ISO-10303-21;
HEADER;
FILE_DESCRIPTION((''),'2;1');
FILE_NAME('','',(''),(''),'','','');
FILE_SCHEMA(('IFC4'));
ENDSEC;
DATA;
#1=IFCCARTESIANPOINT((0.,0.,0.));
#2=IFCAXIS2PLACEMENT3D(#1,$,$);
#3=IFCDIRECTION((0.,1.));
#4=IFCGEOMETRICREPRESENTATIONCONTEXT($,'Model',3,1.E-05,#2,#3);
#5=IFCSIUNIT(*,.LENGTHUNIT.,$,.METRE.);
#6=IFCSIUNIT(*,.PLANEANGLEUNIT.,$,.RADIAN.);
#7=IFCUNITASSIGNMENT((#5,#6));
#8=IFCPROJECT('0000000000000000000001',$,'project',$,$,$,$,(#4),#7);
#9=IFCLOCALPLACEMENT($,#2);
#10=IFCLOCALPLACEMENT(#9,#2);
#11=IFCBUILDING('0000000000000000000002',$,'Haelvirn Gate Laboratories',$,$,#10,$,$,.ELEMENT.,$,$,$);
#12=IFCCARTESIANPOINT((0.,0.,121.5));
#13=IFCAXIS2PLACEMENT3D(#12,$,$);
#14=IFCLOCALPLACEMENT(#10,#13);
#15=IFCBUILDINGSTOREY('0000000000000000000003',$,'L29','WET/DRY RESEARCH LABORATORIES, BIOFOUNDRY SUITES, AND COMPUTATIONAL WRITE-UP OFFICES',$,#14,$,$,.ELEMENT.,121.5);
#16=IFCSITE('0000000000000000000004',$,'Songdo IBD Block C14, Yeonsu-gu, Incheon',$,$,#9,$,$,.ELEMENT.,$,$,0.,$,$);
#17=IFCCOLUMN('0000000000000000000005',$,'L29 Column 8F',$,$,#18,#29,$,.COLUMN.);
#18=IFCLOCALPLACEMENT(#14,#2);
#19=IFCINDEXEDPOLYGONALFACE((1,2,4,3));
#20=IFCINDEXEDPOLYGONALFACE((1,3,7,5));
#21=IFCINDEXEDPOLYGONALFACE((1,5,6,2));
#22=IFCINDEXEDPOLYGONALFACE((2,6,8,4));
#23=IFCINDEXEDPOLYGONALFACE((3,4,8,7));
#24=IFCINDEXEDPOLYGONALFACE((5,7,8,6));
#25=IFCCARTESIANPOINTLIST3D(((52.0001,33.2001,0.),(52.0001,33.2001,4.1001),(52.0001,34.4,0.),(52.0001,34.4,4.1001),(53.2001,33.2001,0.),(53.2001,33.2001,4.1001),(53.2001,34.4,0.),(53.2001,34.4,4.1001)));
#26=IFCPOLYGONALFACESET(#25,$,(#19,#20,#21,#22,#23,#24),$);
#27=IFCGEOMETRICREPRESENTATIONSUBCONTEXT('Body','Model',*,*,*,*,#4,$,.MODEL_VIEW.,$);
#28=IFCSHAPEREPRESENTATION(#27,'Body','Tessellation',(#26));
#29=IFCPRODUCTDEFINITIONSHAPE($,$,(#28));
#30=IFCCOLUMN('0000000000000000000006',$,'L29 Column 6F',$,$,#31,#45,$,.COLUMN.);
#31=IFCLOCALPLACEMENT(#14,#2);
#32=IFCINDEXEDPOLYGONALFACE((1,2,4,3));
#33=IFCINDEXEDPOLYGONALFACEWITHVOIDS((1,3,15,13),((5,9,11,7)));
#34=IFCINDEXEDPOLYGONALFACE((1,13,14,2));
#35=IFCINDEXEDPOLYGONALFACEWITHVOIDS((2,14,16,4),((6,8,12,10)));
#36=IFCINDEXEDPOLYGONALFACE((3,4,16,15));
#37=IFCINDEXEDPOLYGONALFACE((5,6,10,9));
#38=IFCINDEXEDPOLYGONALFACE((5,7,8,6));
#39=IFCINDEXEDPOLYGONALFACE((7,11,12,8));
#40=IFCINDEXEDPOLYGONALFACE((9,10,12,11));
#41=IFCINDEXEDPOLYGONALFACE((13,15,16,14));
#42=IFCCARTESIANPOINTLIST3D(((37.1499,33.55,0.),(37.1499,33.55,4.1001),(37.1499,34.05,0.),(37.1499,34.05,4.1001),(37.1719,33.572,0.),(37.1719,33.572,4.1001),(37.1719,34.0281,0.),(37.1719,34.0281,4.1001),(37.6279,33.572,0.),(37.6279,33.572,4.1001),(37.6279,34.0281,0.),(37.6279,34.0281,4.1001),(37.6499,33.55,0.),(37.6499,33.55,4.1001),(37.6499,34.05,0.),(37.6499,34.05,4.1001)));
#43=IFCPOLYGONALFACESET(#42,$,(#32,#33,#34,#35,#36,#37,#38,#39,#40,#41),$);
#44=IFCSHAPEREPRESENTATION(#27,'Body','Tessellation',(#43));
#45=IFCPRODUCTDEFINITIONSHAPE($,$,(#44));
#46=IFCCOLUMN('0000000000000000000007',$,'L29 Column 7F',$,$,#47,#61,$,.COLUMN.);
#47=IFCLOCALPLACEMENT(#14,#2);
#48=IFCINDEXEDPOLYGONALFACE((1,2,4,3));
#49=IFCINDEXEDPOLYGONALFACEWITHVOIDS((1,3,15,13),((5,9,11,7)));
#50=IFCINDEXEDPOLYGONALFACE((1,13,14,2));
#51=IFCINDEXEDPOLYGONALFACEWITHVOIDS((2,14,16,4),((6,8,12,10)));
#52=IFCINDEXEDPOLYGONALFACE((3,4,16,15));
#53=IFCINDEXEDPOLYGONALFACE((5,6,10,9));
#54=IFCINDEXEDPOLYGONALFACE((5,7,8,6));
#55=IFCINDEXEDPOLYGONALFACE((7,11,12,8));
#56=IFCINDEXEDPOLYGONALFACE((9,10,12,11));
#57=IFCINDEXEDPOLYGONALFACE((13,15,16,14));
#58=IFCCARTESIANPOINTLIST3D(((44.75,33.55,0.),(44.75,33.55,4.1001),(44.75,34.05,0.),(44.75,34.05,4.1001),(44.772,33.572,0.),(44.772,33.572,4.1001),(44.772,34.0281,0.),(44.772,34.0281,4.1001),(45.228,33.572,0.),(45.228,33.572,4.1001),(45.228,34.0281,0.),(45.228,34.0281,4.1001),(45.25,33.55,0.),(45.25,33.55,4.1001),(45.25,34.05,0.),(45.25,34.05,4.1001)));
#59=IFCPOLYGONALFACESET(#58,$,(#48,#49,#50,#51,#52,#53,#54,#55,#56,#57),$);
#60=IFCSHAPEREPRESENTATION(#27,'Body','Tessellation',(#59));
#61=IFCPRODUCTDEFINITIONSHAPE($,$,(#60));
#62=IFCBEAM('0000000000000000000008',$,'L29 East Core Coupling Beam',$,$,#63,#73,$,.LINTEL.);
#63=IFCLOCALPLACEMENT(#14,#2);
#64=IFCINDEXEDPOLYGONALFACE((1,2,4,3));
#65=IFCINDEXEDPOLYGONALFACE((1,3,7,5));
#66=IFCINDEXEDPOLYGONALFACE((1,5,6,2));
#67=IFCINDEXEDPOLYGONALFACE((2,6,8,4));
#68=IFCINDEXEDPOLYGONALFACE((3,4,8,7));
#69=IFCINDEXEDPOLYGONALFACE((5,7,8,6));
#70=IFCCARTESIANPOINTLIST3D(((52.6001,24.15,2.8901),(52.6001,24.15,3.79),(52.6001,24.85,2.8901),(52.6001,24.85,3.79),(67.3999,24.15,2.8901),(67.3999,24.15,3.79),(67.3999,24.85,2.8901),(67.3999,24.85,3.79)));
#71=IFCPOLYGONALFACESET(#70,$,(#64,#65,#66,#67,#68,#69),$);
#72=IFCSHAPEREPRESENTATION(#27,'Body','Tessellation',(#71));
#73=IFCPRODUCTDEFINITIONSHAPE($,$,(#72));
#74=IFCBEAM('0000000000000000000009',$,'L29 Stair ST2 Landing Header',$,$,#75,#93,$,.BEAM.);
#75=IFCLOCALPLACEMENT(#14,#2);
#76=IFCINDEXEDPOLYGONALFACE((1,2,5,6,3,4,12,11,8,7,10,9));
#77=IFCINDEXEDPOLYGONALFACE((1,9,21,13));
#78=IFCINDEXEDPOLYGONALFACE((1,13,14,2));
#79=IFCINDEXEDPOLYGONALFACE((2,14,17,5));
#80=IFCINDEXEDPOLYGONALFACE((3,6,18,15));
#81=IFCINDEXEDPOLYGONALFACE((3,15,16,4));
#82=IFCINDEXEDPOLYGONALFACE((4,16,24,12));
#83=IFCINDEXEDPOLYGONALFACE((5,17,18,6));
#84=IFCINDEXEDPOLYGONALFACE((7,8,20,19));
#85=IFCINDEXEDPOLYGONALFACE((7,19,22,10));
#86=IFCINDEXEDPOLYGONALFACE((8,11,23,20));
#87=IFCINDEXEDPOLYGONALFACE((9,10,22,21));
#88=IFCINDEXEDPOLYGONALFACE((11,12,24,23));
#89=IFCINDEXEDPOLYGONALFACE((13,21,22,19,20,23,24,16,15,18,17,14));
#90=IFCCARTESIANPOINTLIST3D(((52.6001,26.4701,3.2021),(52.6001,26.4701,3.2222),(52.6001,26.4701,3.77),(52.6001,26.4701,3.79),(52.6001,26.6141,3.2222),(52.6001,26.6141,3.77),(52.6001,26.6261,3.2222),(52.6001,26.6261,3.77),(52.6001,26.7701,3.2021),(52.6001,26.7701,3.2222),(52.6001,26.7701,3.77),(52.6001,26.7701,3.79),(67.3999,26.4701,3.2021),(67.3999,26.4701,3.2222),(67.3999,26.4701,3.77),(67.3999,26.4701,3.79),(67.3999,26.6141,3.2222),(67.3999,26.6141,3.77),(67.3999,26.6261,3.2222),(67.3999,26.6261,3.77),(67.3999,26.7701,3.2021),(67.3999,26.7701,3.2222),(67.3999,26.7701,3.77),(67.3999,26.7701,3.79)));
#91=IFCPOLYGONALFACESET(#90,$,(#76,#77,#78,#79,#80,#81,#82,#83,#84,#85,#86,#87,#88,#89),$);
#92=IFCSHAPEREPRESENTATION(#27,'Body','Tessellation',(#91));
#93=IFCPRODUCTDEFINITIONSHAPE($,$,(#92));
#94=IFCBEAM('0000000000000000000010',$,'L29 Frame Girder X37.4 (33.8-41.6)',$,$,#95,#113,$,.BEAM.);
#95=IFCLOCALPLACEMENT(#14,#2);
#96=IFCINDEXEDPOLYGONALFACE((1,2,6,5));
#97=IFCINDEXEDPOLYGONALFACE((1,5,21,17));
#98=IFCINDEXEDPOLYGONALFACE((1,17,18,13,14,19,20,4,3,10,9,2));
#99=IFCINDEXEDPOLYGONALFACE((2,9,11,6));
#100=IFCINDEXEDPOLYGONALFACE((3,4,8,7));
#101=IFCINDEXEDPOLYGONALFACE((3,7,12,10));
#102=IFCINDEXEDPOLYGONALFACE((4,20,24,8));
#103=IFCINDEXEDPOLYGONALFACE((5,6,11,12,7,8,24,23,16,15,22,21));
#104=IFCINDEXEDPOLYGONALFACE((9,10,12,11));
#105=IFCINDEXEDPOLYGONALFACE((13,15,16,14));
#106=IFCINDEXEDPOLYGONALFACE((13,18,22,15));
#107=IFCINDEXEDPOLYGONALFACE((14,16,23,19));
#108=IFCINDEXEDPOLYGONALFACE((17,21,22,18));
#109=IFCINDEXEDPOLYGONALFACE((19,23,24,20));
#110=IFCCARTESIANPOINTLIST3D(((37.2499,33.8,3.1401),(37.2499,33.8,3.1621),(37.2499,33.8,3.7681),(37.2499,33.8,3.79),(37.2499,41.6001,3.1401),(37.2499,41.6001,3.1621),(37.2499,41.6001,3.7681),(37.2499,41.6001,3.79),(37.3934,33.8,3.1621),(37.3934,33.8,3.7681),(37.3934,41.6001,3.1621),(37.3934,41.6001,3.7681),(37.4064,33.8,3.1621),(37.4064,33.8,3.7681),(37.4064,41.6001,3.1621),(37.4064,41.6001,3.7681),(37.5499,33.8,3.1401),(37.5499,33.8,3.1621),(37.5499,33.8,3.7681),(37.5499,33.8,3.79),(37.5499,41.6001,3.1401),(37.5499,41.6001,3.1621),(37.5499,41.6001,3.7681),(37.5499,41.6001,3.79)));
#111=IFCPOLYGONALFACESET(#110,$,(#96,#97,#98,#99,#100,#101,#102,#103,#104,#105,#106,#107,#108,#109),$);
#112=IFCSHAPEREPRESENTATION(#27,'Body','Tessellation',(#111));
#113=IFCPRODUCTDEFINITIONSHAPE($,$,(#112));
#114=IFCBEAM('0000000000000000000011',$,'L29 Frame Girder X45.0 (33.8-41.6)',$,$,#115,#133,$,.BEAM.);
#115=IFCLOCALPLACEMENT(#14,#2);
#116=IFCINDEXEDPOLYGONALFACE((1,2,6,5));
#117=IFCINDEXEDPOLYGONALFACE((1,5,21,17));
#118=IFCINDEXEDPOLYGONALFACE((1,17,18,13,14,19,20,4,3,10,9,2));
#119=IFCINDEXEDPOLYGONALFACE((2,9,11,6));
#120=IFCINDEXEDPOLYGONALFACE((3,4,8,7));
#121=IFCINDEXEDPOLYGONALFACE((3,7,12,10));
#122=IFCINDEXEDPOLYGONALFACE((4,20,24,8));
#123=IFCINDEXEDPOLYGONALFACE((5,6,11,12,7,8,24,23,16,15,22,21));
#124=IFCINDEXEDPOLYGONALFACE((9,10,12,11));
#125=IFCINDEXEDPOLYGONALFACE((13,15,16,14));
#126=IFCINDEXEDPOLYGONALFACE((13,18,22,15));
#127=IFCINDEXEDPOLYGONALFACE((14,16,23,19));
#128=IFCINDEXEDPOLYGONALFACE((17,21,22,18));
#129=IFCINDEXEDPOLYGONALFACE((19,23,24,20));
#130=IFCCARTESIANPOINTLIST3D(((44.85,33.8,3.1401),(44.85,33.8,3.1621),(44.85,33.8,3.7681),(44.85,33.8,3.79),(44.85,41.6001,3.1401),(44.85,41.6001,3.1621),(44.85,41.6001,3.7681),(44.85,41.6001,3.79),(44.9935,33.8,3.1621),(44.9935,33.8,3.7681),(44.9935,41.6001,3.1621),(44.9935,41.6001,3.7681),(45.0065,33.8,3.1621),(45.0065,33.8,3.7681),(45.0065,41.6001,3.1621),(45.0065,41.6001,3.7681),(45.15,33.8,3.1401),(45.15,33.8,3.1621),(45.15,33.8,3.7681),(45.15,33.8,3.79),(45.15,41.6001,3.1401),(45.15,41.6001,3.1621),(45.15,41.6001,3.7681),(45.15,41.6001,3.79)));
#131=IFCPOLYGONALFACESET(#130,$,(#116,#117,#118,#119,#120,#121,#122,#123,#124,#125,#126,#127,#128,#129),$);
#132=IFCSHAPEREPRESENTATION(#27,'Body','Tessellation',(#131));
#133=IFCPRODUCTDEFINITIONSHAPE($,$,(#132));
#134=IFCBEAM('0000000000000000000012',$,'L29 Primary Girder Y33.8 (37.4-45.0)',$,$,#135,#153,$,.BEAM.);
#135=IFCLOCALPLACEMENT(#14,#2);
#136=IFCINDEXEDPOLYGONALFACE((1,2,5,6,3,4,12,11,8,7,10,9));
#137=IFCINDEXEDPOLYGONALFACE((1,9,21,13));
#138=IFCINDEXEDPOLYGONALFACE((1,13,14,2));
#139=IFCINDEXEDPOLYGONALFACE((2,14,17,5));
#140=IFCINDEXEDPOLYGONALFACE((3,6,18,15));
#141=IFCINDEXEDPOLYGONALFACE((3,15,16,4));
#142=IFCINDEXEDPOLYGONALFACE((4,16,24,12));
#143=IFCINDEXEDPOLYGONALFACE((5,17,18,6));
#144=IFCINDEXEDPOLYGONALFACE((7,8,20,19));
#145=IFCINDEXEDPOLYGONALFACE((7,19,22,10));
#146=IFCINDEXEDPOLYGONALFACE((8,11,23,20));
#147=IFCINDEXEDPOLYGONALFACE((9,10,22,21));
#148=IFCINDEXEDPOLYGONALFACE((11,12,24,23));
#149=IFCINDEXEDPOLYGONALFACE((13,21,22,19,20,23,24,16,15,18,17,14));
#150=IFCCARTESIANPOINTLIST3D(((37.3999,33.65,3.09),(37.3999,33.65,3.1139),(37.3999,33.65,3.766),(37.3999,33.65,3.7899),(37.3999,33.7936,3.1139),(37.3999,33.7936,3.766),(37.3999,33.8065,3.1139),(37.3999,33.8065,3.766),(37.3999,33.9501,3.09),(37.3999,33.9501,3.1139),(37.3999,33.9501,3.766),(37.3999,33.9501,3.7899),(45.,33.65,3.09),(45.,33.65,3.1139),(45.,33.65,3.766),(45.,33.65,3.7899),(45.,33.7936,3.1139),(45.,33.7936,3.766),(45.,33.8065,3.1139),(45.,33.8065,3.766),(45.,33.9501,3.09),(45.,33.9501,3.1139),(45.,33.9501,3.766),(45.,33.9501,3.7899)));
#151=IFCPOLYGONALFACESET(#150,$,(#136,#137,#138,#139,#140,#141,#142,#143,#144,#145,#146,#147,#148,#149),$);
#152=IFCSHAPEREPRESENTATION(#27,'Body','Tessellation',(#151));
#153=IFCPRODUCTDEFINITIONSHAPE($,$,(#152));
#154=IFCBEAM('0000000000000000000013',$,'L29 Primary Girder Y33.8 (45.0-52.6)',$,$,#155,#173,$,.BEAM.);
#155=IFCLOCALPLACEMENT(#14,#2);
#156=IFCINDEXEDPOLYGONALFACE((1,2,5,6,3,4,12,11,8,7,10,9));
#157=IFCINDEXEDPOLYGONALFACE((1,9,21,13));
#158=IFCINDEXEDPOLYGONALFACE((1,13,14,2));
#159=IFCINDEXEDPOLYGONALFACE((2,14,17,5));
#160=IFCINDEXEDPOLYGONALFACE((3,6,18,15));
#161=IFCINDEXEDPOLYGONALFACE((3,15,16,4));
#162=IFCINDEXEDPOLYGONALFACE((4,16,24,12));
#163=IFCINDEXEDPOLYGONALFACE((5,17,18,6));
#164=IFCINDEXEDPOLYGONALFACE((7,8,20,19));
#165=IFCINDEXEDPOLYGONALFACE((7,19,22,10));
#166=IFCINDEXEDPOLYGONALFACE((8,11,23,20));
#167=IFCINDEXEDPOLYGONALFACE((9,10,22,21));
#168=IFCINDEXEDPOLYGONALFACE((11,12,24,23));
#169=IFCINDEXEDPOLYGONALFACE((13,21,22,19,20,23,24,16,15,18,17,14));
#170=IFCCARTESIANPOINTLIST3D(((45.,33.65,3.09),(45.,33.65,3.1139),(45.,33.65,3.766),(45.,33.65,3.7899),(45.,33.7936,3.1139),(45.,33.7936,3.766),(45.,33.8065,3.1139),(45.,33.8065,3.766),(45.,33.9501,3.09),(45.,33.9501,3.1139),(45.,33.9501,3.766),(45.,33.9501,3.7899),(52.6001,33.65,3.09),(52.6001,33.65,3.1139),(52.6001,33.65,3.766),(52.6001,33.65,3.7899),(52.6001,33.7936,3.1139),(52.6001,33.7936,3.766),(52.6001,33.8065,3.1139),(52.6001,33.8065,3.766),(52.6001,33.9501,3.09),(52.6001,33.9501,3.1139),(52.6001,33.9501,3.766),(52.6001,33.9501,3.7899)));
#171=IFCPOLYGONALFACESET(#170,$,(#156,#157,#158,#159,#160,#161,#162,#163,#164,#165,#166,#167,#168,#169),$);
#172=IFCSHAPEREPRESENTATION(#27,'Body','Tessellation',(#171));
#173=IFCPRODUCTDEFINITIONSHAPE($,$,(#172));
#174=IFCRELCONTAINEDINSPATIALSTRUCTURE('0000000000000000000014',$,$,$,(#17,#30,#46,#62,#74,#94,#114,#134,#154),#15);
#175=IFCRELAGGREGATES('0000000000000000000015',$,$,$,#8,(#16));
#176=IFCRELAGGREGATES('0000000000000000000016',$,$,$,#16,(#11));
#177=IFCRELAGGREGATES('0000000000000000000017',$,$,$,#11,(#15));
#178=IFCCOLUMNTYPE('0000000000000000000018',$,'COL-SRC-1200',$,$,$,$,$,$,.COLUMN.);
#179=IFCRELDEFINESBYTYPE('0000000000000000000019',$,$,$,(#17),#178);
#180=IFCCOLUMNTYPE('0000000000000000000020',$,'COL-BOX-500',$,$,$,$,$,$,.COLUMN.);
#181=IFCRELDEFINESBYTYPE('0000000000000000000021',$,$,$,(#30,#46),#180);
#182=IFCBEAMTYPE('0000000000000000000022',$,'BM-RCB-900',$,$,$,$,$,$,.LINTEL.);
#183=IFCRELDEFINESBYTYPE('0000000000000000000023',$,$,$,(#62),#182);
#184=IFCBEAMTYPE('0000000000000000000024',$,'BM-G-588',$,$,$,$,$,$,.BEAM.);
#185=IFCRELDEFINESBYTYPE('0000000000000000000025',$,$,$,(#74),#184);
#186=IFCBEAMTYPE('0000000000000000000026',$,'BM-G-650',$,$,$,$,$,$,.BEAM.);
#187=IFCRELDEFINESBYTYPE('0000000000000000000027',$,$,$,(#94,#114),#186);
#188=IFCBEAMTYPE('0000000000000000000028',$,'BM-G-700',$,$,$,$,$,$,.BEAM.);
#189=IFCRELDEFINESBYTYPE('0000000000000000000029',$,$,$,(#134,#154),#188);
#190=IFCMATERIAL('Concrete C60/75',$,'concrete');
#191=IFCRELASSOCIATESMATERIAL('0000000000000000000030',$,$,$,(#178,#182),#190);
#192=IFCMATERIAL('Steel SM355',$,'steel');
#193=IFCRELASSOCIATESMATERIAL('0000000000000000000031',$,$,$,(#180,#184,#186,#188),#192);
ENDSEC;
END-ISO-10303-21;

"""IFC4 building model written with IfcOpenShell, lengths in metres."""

from ifc_helpers import new_model, si_unit, direction, frame, origin, origin_2d, place, context, subcontext, project, spatial, rectangle, hollow_rectangle, i_section, extrude, source, transform, mapped, material, material_profile, profile_set, type_object, type_shapes, element, save


model = new_model("IFC4")

# Units and contexts
model_context = context("Model", 3, precision=1e-05, world=origin(), true_north=direction((0.0, 1.0)))
body_context = subcontext(model_context, "Body", "Model", "MODEL_VIEW")
ifc_project = project(units=[si_unit("LENGTHUNIT", "METRE"), si_unit("PLANEANGLEUNIT", "RADIAN")], contexts=[model_context])

# Site, building, storey
site_placement = place(None, origin())
site = spatial("IfcSite", under=ifc_project, at=site_placement, Name="Songdo IBD Block C14, Yeonsu-gu, Incheon", CompositionType="ELEMENT", RefElevation=0.0)
building_placement = place(site_placement, origin())
building = spatial("IfcBuilding", under=site, at=building_placement, Name="Haelvirn Gate Laboratories", CompositionType="ELEMENT")
storey_placement = place(building_placement, frame((0.0, 0.0, 121.5)))
storey = spatial("IfcBuildingStorey", under=building, at=storey_placement, Name="L29", Description="WET/DRY RESEARCH LABORATORIES, BIOFOUNDRY SUITES, AND COMPUTATIONAL WRITE-UP OFFICES", CompositionType="ELEMENT", Elevation=121.5)

# Columns
ifc_material_1 = material(Name="Concrete C60/75", Category="concrete")
ifc_material_profile_1 = material_profile(ifc_material_1, rectangle(XDim=1.2, YDim=1.2, at=origin_2d()), Name="SRC-1200x1200")
ifc_profile_set_1 = profile_set([ifc_material_profile_1], Name="Concrete C60/75")
column_type_1 = type_object("IfcColumnType", Name="COL-SRC-1200", PredefinedType="COLUMN", material=ifc_profile_set_1)
shared_shape_1 = source(origin(), body_context, "Body", "SweptSolid", [
    extrude(rectangle(XDim=1.2, YDim=1.2, at=origin_2d()), origin(), (0.0, 0.0, 1.0), 4.1001),
])
type_shapes(column_type_1, [shared_shape_1])
column_placement = place(storey_placement, frame((52.6001, 33.8, 0.0), z_axis=(0.0, 0.0, 1.0), x_axis=(1.0, 0.0, 0.0)))
element("IfcColumn", 1, at=column_placement, inside=storey, type_object=column_type_1, Name="L29 Column 8F", PredefinedType="COLUMN", context=body_context, shape_type="MappedRepresentation", body=[
    mapped(shared_shape_1, transform((0.0, 0.0, 0.0), scale=1.0)),
])
ifc_material_2 = material(Name="Steel SM355", Category="steel")
ifc_material_profile_2 = material_profile(ifc_material_2, hollow_rectangle(XDim=0.5, YDim=0.5, WallThickness=0.022, at=origin_2d()), Name="BOX-500x500x22")
ifc_profile_set_2 = profile_set([ifc_material_profile_2], Name="Steel SM355")
column_type_2 = type_object("IfcColumnType", Name="COL-BOX-500", PredefinedType="COLUMN", material=ifc_profile_set_2)
shared_shape_2 = source(origin(), body_context, "Body", "SweptSolid", [
    extrude(hollow_rectangle(XDim=0.5, YDim=0.5, WallThickness=0.022, at=origin_2d()), origin(), (0.0, 0.0, 1.0), 4.1001),
])
type_shapes(column_type_2, [shared_shape_2])
for number, where, z_axis, x_axis, name in (
    (2, (37.3999, 33.8, 0.0), (0.0, 0.0, 1.0), (1.0, 0.0, 0.0), "L29 Column 6F"),
    (3, (45.0, 33.8, 0.0), (0.0, 0.0, 1.0), (1.0, 0.0, 0.0), "L29 Column 7F"),
):
    element("IfcColumn", number, at=place(storey_placement, frame(where, z_axis=z_axis, x_axis=x_axis)), inside=storey, type_object=column_type_2, Name=name, PredefinedType="COLUMN", context=body_context, shape_type="MappedRepresentation", body=[
        mapped(shared_shape_2, transform((0.0, 0.0, 0.0), scale=1.0)),
    ])

# Beams
ifc_material_profile_3 = material_profile(ifc_material_1, rectangle(XDim=0.7, YDim=0.8999, at=origin_2d()), Name="RCB-700x900")
ifc_profile_set_3 = profile_set([ifc_material_profile_3], Name="Concrete C60/75")
beam_type_1 = type_object("IfcBeamType", Name="BM-RCB-900", PredefinedType="LINTEL", material=ifc_profile_set_3)
shared_shape_3 = source(origin(), body_context, "Body", "SweptSolid", [
    extrude(rectangle(XDim=0.7, YDim=0.8999, at=origin_2d()), origin(), (0.0, 0.0, 1.0), 14.7998),
])
type_shapes(beam_type_1, [shared_shape_3])
beam_1_placement = place(storey_placement, frame((52.6001, 24.5, 3.3401), z_axis=(1.0, 0.0, 0.0), x_axis=(0.0, 1.0, 0.0)))
element("IfcBeam", 4, at=beam_1_placement, inside=storey, type_object=beam_type_1, Name="L29 East Core Coupling Beam", PredefinedType="LINTEL", context=body_context, shape_type="MappedRepresentation", body=[
    mapped(shared_shape_3, transform((0.0, 0.0, 0.0), scale=1.0)),
])
ifc_material_profile_4 = material_profile(ifc_material_2, i_section(OverallWidth=0.3, OverallDepth=0.5879, WebThickness=0.012, FlangeThickness=0.02, at=origin_2d()), Name="H-588x300x12x20")
ifc_profile_set_4 = profile_set([ifc_material_profile_4], Name="Steel SM355")
beam_type_2 = type_object("IfcBeamType", Name="BM-G-588", PredefinedType="BEAM", material=ifc_profile_set_4)
shared_shape_4 = source(origin(), body_context, "Body", "SweptSolid", [
    extrude(i_section(OverallWidth=0.3, OverallDepth=0.5879, WebThickness=0.012, FlangeThickness=0.02, at=origin_2d()), origin(), (0.0, 0.0, 1.0), 14.7998),
])
type_shapes(beam_type_2, [shared_shape_4])
beam_2_placement = place(storey_placement, frame((52.6001, 26.6201, 3.4961), z_axis=(1.0, 0.0, 0.0), x_axis=(0.0, 1.0, 0.0)))
element("IfcBeam", 5, at=beam_2_placement, inside=storey, type_object=beam_type_2, Name="L29 Stair ST2 Landing Header", PredefinedType="BEAM", context=body_context, shape_type="MappedRepresentation", body=[
    mapped(shared_shape_4, transform((0.0, 0.0, 0.0), scale=1.0)),
])
ifc_material_profile_5 = material_profile(ifc_material_2, i_section(OverallWidth=0.3, OverallDepth=0.6499, WebThickness=0.0129, FlangeThickness=0.022, at=origin_2d()), Name="H-650x300x13x22")
ifc_profile_set_5 = profile_set([ifc_material_profile_5], Name="Steel SM355")
beam_type_3 = type_object("IfcBeamType", Name="BM-G-650", PredefinedType="BEAM", material=ifc_profile_set_5)
shared_shape_5 = source(origin(), body_context, "Body", "SweptSolid", [
    extrude(i_section(OverallWidth=0.3, OverallDepth=0.6499, WebThickness=0.0129, FlangeThickness=0.022, at=origin_2d()), origin(), (0.0, 0.0, 1.0), 7.8),
])
type_shapes(beam_type_3, [shared_shape_5])
for number, where, z_axis, x_axis, name in (
    (6, (37.3999, 33.8, 3.4651), (0.0, 1.0, 0.0), (-1.0, 0.0, 0.0), "L29 Frame Girder X37.4 (33.8-41.6)"),
    (7, (45.0, 33.8, 3.4651), (0.0, 1.0, 0.0), (-1.0, 0.0, 0.0), "L29 Frame Girder X45.0 (33.8-41.6)"),
):
    element("IfcBeam", number, at=place(storey_placement, frame(where, z_axis=z_axis, x_axis=x_axis)), inside=storey, type_object=beam_type_3, Name=name, PredefinedType="BEAM", context=body_context, shape_type="MappedRepresentation", body=[
        mapped(shared_shape_5, transform((0.0, 0.0, 0.0), scale=1.0)),
    ])
ifc_material_profile_6 = material_profile(ifc_material_2, i_section(OverallWidth=0.3, OverallDepth=0.7, WebThickness=0.0129, FlangeThickness=0.0239, at=origin_2d()), Name="H-700x300x13x24")
ifc_profile_set_6 = profile_set([ifc_material_profile_6], Name="Steel SM355")
beam_type_4 = type_object("IfcBeamType", Name="BM-G-700", PredefinedType="BEAM", material=ifc_profile_set_6)
shared_shape_6 = source(origin(), body_context, "Body", "SweptSolid", [
    extrude(i_section(OverallWidth=0.3, OverallDepth=0.7, WebThickness=0.0129, FlangeThickness=0.0239, at=origin_2d()), origin(), (0.0, 0.0, 1.0), 7.6001),
])
type_shapes(beam_type_4, [shared_shape_6])
for number, where, z_axis, x_axis, name in (
    (8, (37.3999, 33.8, 3.4399), (1.0, 0.0, 0.0), (0.0, 1.0, 0.0), "L29 Primary Girder Y33.8 (37.4-45.0)"),
    (9, (45.0, 33.8, 3.4399), (1.0, 0.0, 0.0), (0.0, 1.0, 0.0), "L29 Primary Girder Y33.8 (45.0-52.6)"),
):
    element("IfcBeam", number, at=place(storey_placement, frame(where, z_axis=z_axis, x_axis=x_axis)), inside=storey, type_object=beam_type_4, Name=name, PredefinedType="BEAM", context=body_context, shape_type="MappedRepresentation", body=[
        mapped(shared_shape_6, transform((0.0, 0.0, 0.0), scale=1.0)),
    ])

save(model, "model.ifc")
